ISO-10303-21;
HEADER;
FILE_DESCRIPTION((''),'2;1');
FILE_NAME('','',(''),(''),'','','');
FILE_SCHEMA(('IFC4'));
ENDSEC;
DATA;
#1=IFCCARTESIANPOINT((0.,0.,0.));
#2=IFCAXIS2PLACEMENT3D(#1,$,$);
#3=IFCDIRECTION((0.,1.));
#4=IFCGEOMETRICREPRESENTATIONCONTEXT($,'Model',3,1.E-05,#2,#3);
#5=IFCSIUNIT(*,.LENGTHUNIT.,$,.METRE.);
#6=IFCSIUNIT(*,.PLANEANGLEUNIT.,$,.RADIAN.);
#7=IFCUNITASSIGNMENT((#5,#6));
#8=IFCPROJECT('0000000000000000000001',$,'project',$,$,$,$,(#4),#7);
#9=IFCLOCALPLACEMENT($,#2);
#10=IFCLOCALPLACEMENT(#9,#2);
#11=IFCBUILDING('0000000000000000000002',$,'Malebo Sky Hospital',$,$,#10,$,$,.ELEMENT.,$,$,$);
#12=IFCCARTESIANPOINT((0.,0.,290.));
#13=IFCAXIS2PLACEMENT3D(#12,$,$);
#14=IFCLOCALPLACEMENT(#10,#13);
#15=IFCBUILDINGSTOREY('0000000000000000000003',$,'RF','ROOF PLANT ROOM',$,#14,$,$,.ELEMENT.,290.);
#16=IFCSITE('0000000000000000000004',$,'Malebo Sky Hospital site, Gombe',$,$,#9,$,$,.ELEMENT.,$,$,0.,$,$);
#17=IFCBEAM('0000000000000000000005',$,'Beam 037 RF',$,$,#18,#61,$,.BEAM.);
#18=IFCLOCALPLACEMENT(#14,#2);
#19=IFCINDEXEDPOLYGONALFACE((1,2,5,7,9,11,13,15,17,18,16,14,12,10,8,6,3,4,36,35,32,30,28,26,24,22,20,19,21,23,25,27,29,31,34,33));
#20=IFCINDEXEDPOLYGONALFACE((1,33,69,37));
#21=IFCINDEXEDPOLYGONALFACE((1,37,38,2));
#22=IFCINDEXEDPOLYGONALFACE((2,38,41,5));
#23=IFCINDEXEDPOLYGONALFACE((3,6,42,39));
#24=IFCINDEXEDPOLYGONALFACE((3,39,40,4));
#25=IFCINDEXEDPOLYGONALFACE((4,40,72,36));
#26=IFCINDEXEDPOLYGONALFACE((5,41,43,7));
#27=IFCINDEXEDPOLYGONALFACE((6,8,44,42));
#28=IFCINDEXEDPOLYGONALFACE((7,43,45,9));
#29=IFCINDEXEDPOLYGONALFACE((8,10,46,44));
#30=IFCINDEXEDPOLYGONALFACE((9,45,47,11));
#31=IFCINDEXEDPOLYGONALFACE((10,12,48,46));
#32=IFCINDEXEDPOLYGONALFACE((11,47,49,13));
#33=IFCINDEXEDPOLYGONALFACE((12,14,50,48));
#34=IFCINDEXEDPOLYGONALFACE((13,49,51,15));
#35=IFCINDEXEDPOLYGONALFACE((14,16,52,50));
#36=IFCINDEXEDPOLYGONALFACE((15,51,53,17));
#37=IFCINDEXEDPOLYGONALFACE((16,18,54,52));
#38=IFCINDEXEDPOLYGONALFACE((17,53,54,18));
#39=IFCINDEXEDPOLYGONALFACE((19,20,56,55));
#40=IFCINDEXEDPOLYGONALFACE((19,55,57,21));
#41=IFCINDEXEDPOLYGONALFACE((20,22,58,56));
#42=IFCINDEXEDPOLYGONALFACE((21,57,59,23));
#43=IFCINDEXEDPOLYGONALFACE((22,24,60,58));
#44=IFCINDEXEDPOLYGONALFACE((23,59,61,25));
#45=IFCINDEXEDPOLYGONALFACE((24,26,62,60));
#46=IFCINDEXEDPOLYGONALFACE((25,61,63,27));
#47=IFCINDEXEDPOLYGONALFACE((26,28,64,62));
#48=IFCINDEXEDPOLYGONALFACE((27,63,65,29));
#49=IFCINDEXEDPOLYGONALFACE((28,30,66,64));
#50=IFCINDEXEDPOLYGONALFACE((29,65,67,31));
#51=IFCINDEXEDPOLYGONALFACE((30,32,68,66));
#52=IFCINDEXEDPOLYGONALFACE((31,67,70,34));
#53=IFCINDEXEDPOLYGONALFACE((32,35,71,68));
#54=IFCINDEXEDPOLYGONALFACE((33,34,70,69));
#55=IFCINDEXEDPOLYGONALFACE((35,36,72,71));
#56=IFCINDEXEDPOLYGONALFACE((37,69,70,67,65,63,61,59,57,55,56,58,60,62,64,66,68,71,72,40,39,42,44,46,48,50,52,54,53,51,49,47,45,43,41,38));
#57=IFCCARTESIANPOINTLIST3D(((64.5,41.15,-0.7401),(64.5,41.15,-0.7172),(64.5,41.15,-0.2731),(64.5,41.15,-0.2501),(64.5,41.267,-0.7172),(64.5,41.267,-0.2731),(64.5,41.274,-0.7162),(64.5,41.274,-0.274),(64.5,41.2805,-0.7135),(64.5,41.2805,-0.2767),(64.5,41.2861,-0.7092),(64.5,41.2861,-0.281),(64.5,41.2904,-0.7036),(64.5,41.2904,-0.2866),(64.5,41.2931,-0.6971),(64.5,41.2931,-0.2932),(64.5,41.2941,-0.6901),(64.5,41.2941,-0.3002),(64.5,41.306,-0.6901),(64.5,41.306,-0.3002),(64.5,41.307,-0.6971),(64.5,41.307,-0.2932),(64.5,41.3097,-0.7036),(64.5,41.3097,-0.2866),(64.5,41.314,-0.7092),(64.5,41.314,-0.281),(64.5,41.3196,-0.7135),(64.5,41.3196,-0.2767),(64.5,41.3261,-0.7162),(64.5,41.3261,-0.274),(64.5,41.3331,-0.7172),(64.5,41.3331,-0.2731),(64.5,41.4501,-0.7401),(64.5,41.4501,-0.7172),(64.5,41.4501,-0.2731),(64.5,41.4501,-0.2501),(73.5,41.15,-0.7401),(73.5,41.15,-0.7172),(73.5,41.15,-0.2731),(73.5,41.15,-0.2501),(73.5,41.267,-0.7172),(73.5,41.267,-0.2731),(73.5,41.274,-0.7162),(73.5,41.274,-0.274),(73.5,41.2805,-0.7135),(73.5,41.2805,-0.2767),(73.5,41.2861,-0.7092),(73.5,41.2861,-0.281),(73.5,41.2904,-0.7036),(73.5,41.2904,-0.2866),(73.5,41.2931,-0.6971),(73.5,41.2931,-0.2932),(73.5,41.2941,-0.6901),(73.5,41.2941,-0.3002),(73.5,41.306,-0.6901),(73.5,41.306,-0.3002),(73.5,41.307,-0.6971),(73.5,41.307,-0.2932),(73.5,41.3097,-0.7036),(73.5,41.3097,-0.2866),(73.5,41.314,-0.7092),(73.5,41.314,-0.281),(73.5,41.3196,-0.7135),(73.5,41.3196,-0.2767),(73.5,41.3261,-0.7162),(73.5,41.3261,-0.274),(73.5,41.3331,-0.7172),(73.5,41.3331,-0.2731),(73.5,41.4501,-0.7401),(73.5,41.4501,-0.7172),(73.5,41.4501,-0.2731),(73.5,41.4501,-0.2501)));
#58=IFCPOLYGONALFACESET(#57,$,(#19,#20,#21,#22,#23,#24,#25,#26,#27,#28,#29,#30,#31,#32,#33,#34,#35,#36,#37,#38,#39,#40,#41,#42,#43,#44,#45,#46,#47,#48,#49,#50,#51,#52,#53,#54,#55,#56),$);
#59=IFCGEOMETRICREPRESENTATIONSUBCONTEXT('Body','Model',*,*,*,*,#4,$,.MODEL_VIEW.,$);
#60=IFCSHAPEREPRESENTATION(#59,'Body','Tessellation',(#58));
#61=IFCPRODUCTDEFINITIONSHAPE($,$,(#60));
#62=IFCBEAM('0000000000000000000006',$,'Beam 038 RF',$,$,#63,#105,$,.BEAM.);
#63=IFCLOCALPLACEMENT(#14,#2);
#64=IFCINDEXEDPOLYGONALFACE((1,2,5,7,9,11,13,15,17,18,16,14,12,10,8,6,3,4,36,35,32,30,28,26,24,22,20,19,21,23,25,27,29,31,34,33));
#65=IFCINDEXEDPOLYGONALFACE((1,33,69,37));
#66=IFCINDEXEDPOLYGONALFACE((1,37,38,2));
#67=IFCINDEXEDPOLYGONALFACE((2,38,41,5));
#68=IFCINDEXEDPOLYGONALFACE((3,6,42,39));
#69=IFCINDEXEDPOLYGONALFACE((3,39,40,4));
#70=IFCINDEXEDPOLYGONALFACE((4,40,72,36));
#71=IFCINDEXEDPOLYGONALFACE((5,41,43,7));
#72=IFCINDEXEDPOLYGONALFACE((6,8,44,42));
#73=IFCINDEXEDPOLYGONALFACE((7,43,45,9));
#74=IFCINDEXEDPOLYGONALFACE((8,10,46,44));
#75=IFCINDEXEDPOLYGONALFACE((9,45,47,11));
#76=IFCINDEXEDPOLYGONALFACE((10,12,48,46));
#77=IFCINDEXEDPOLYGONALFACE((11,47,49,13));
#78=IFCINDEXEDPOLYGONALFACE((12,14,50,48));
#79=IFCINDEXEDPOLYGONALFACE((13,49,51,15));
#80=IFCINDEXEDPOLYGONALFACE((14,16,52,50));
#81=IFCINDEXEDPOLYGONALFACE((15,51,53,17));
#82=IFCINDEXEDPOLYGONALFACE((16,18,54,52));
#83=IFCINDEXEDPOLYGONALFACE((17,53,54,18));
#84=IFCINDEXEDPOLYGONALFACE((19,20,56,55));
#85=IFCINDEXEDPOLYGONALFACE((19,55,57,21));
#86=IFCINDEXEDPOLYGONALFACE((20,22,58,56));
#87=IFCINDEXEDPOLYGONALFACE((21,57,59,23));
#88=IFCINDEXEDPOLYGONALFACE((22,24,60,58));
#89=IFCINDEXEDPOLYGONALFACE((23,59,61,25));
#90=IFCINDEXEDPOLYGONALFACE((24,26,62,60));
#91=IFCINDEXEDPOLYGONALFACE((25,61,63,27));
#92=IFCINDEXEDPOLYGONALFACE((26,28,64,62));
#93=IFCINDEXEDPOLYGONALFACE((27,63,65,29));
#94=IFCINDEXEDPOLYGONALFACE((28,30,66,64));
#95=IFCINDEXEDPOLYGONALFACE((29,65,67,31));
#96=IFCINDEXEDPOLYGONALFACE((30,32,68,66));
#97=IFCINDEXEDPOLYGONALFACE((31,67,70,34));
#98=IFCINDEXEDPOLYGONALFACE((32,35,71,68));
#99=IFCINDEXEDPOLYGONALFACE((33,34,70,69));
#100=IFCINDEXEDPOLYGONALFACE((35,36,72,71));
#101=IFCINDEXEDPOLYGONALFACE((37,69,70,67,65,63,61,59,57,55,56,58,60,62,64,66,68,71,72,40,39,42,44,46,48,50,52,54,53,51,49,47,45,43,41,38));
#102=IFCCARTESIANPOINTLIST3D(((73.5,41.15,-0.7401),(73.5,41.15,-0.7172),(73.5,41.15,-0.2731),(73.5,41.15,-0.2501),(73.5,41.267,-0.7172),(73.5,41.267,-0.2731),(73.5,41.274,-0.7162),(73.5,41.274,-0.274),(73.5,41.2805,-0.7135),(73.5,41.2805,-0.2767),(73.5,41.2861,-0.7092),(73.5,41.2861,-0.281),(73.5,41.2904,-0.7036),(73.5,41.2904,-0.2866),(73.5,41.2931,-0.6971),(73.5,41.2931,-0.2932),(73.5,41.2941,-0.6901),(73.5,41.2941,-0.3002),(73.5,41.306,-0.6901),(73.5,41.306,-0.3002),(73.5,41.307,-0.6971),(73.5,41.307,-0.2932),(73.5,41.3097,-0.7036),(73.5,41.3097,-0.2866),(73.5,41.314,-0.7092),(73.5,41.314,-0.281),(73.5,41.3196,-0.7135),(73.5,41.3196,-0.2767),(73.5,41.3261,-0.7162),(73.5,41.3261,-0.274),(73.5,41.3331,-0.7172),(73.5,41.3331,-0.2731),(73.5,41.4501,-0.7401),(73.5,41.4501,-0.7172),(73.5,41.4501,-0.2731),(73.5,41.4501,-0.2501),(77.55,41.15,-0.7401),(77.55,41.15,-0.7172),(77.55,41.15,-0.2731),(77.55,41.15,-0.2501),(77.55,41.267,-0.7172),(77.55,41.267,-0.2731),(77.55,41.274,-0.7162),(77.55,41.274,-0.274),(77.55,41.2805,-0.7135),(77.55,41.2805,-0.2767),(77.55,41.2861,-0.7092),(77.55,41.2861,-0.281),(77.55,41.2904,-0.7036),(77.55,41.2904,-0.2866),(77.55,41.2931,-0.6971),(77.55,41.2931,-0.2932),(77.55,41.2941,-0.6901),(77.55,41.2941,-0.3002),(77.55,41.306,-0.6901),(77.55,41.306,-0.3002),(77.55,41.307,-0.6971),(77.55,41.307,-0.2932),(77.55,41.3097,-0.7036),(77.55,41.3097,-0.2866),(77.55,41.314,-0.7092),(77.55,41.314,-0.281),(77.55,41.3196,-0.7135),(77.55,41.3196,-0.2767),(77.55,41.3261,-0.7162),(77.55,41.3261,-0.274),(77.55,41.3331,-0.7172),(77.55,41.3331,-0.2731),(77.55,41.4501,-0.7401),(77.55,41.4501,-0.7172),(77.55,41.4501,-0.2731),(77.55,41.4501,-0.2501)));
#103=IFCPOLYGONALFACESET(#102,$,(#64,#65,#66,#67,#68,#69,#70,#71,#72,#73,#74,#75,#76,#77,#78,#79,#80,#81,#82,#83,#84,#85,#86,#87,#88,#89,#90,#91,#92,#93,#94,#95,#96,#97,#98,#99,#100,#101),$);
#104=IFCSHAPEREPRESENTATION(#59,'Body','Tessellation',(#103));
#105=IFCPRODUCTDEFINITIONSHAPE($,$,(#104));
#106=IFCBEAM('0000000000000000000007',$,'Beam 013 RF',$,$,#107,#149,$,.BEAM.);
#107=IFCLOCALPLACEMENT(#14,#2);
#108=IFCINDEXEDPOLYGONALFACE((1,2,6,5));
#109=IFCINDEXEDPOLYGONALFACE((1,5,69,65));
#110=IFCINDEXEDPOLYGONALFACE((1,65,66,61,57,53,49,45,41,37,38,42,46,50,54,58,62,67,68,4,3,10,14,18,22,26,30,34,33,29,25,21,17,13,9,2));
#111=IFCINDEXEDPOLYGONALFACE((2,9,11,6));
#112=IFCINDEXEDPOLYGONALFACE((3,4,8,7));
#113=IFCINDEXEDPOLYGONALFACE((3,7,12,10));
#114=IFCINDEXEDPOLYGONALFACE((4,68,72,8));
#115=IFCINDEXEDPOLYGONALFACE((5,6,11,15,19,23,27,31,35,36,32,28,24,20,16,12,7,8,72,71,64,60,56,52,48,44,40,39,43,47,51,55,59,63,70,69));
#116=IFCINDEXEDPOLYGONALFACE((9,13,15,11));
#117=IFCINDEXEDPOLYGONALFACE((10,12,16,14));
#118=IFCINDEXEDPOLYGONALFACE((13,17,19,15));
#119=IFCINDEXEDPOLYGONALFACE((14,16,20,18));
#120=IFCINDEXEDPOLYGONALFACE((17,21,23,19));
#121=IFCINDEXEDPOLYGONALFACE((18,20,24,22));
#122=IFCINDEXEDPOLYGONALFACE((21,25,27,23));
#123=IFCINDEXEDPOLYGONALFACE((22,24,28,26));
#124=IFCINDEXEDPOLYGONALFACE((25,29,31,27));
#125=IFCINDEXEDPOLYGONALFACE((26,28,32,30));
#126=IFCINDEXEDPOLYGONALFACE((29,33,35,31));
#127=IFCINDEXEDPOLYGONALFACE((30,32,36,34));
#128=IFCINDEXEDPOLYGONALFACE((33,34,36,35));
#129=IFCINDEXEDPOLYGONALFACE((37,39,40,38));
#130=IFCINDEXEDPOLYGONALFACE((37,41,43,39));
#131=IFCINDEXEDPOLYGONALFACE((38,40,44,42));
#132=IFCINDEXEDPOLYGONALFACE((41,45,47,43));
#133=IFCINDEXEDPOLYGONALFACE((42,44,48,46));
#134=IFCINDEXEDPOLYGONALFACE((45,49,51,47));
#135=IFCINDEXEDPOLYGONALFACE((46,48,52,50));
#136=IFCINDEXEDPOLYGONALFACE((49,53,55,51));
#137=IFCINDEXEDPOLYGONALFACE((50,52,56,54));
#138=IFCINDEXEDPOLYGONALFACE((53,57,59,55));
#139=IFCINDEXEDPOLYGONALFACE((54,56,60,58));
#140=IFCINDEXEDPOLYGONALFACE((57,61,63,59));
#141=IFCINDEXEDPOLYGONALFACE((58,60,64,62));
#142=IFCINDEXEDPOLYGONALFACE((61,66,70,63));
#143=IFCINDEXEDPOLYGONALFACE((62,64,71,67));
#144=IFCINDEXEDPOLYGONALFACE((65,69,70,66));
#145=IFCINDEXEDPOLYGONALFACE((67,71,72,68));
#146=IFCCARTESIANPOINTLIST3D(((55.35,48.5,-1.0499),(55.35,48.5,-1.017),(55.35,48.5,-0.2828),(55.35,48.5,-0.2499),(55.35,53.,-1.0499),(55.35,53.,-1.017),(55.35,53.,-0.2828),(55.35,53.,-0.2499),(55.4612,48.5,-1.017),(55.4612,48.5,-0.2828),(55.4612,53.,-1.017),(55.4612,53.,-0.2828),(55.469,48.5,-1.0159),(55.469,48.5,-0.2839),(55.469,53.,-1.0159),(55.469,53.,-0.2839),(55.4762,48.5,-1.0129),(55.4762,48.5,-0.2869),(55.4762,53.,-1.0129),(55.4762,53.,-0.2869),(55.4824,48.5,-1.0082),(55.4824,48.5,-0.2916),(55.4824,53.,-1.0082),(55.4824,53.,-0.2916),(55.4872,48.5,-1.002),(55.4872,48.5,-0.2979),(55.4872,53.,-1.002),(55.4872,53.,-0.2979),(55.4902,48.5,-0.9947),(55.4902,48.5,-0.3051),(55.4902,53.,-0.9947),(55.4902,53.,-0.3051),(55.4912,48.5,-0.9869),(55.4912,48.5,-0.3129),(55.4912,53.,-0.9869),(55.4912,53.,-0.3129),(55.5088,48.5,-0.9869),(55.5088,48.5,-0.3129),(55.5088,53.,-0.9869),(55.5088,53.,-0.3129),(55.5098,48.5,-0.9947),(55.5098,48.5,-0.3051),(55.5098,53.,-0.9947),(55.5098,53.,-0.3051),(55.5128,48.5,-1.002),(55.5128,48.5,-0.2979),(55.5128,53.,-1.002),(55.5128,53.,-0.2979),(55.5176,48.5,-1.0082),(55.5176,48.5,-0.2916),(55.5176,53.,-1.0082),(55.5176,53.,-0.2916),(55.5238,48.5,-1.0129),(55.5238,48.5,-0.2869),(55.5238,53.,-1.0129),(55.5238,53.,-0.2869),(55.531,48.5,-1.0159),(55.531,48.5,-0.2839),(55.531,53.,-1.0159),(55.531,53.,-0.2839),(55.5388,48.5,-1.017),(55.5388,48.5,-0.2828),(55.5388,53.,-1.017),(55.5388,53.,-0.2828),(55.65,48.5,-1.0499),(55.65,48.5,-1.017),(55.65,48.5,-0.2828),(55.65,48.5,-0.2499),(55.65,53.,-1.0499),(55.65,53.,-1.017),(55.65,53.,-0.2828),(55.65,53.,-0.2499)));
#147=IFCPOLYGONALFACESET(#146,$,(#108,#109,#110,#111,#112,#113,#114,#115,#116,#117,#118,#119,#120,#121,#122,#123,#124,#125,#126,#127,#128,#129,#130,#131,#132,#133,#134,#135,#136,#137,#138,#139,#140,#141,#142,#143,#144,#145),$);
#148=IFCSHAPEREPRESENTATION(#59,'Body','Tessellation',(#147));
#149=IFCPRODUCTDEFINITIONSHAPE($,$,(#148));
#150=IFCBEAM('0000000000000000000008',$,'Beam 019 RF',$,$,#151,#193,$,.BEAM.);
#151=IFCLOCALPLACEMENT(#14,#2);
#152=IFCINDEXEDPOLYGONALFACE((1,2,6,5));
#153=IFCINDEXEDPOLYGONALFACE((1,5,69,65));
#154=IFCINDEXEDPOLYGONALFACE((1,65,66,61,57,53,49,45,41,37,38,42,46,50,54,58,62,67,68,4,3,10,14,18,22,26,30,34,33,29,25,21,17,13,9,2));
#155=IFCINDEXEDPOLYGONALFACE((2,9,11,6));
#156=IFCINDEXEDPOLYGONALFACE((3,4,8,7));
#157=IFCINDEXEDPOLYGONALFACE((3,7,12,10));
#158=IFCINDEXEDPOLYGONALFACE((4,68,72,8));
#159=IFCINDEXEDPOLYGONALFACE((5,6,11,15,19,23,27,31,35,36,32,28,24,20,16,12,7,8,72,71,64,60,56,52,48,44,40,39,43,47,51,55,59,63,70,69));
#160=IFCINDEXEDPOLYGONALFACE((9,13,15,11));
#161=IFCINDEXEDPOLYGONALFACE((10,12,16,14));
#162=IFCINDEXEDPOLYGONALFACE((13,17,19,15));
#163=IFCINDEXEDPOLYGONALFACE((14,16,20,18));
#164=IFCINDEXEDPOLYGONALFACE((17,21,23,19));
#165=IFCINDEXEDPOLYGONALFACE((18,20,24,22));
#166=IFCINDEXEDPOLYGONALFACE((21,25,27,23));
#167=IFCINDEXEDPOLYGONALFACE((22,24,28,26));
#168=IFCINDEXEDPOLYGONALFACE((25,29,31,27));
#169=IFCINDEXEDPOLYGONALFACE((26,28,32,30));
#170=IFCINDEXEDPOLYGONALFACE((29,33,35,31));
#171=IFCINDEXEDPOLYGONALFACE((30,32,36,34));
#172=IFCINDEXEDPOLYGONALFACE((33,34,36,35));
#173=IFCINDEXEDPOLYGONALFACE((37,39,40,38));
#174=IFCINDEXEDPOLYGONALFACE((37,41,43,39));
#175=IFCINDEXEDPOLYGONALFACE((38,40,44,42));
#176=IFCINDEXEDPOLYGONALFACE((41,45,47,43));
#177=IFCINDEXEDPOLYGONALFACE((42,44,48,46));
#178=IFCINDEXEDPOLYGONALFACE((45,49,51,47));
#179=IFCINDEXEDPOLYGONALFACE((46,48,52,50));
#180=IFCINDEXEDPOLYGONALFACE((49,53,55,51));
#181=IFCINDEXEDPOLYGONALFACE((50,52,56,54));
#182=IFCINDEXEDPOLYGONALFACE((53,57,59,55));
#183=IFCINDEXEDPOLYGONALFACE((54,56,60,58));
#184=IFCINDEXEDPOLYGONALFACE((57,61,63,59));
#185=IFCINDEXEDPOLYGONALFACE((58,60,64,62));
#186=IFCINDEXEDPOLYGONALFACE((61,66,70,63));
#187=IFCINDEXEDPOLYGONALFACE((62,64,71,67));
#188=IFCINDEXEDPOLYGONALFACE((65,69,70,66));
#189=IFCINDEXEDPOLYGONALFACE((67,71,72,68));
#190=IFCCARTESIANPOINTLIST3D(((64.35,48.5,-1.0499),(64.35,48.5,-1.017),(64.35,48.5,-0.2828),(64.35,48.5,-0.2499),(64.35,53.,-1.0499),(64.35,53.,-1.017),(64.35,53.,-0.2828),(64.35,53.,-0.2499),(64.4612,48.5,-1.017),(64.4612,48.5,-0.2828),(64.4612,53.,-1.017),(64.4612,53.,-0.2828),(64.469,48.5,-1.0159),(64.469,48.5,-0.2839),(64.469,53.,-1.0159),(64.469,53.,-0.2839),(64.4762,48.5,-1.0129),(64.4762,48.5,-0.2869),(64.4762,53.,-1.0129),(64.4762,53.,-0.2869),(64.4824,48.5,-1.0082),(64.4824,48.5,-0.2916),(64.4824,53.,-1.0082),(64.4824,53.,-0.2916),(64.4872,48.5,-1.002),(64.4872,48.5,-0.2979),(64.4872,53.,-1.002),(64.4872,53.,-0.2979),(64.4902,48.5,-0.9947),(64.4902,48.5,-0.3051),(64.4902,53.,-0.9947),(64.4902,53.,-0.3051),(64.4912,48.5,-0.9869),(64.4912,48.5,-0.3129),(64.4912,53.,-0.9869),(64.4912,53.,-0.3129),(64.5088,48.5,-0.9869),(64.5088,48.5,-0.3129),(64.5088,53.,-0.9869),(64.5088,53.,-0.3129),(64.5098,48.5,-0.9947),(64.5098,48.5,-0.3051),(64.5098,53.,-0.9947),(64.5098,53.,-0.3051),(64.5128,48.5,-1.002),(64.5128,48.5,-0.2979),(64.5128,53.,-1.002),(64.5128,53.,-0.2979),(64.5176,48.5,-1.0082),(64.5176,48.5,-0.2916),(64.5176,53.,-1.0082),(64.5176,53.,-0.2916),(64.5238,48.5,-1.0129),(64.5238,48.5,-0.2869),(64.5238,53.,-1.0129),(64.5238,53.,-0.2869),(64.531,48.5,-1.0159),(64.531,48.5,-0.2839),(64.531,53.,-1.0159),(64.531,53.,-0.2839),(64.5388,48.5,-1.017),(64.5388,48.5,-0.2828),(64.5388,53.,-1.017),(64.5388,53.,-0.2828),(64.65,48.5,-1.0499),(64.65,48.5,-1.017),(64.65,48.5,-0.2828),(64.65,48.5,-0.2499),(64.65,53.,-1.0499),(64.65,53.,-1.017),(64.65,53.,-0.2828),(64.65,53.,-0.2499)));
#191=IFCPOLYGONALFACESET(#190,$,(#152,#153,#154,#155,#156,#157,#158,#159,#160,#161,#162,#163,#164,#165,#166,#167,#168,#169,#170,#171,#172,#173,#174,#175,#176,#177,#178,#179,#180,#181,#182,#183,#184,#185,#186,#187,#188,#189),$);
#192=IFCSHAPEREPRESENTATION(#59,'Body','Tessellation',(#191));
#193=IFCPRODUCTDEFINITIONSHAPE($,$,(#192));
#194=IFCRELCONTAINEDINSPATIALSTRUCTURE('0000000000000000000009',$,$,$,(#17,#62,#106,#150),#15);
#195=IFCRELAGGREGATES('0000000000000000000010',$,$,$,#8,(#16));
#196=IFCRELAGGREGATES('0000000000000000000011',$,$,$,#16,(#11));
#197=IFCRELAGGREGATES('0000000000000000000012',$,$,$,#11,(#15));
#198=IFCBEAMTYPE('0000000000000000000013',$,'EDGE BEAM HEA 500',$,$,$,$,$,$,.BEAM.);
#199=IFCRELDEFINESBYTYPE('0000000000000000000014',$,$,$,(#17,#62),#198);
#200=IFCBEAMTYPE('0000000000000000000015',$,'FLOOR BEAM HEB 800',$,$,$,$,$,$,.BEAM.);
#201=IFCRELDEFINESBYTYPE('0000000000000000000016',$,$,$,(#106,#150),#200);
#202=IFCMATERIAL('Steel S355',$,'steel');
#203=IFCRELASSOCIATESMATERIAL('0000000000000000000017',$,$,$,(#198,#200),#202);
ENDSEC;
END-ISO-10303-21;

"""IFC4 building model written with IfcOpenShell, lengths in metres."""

from ifc_helpers import new_model, si_unit, direction, frame, origin, origin_2d, place, context, subcontext, project, spatial, i_section, extrude, material, material_profile, profile_set, type_object, element, save


model = new_model("IFC4")

# Units and contexts
model_context = context("Model", 3, precision=1e-05, world=origin(), true_north=direction((0.0, 1.0)))
body_context = subcontext(model_context, "Body", "Model", "MODEL_VIEW")
ifc_project = project(units=[si_unit("LENGTHUNIT", "METRE"), si_unit("PLANEANGLEUNIT", "RADIAN")], contexts=[model_context])

# Site, building, storey
site_placement = place(None, origin())
site = spatial("IfcSite", under=ifc_project, at=site_placement, Name="Malebo Sky Hospital site, Gombe", CompositionType="ELEMENT", RefElevation=0.0)
building_placement = place(site_placement, origin())
building = spatial("IfcBuilding", under=site, at=building_placement, Name="Malebo Sky Hospital", CompositionType="ELEMENT")
storey_placement = place(building_placement, frame((0.0, 0.0, 290.0)))
storey = spatial("IfcBuildingStorey", under=building, at=storey_placement, Name="RF", Description="ROOF PLANT ROOM", CompositionType="ELEMENT", Elevation=290.0)

# Beams
ifc_material_1 = material(Name="Steel S355", Category="steel")
ifc_material_profile_1 = material_profile(ifc_material_1, i_section(OverallWidth=0.3, OverallDepth=0.49, WebThickness=0.012, FlangeThickness=0.0229, FilletRadius=0.0271, at=origin_2d()), Name="HEA 500")
ifc_profile_set_1 = profile_set([ifc_material_profile_1], Name="Steel S355")
beam_type_1 = type_object("IfcBeamType", Name="EDGE BEAM HEA 500", PredefinedType="BEAM", material=ifc_profile_set_1)
for number, where, z_axis, x_axis, name in (
    (1, (64.5, 41.3, -0.4951), (1.0, 0.0, 0.0), (0.0, 1.0, 0.0), "Beam 037 RF"),
):
    element("IfcBeam", number, at=place(storey_placement, frame(where, z_axis=z_axis, x_axis=x_axis)), inside=storey, type_object=beam_type_1, Name=name, PredefinedType="BEAM", context=body_context, shape_type="SweptSolid", body=[
        extrude(i_section(OverallWidth=0.3, OverallDepth=0.49, WebThickness=0.012, FlangeThickness=0.0229, FilletRadius=0.0271, at=origin_2d()), origin(), (0.0, 0.0, 1.0), 9.0),
    ])
beam_1_placement = place(storey_placement, frame((73.5, 41.3, -0.4951), z_axis=(1.0, 0.0, 0.0), x_axis=(0.0, 1.0, 0.0)))
element("IfcBeam", 2, at=beam_1_placement, inside=storey, type_object=beam_type_1, Name="Beam 038 RF", PredefinedType="BEAM", context=body_context, shape_type="SweptSolid", body=[
    extrude(i_section(OverallWidth=0.3, OverallDepth=0.49, WebThickness=0.012, FlangeThickness=0.0229, FilletRadius=0.0271, at=origin_2d()), origin(), (0.0, 0.0, 1.0), 4.05),
])
ifc_material_profile_2 = material_profile(ifc_material_1, i_section(OverallWidth=0.3, OverallDepth=0.8, WebThickness=0.0176, FlangeThickness=0.033, FilletRadius=0.03, at=origin_2d()), Name="HEB 800")
ifc_profile_set_2 = profile_set([ifc_material_profile_2], Name="Steel S355")
beam_type_2 = type_object("IfcBeamType", Name="FLOOR BEAM HEB 800", PredefinedType="BEAM", material=ifc_profile_set_2)
for number, where, z_axis, x_axis, name in (
    (3, (55.5, 48.5, -0.6499), (0.0, 1.0, 0.0), (-1.0, 0.0, 0.0), "Beam 013 RF"),
    (4, (64.5, 48.5, -0.6499), (0.0, 1.0, 0.0), (-1.0, 0.0, 0.0), "Beam 019 RF"),
):
    element("IfcBeam", number, at=place(storey_placement, frame(where, z_axis=z_axis, x_axis=x_axis)), inside=storey, type_object=beam_type_2, Name=name, PredefinedType="BEAM", context=body_context, shape_type="SweptSolid", body=[
        extrude(i_section(OverallWidth=0.3, OverallDepth=0.8, WebThickness=0.0176, FlangeThickness=0.033, FilletRadius=0.03, at=origin_2d()), origin(), (0.0, 0.0, 1.0), 4.5),
    ])

save(model, "model.ifc")
